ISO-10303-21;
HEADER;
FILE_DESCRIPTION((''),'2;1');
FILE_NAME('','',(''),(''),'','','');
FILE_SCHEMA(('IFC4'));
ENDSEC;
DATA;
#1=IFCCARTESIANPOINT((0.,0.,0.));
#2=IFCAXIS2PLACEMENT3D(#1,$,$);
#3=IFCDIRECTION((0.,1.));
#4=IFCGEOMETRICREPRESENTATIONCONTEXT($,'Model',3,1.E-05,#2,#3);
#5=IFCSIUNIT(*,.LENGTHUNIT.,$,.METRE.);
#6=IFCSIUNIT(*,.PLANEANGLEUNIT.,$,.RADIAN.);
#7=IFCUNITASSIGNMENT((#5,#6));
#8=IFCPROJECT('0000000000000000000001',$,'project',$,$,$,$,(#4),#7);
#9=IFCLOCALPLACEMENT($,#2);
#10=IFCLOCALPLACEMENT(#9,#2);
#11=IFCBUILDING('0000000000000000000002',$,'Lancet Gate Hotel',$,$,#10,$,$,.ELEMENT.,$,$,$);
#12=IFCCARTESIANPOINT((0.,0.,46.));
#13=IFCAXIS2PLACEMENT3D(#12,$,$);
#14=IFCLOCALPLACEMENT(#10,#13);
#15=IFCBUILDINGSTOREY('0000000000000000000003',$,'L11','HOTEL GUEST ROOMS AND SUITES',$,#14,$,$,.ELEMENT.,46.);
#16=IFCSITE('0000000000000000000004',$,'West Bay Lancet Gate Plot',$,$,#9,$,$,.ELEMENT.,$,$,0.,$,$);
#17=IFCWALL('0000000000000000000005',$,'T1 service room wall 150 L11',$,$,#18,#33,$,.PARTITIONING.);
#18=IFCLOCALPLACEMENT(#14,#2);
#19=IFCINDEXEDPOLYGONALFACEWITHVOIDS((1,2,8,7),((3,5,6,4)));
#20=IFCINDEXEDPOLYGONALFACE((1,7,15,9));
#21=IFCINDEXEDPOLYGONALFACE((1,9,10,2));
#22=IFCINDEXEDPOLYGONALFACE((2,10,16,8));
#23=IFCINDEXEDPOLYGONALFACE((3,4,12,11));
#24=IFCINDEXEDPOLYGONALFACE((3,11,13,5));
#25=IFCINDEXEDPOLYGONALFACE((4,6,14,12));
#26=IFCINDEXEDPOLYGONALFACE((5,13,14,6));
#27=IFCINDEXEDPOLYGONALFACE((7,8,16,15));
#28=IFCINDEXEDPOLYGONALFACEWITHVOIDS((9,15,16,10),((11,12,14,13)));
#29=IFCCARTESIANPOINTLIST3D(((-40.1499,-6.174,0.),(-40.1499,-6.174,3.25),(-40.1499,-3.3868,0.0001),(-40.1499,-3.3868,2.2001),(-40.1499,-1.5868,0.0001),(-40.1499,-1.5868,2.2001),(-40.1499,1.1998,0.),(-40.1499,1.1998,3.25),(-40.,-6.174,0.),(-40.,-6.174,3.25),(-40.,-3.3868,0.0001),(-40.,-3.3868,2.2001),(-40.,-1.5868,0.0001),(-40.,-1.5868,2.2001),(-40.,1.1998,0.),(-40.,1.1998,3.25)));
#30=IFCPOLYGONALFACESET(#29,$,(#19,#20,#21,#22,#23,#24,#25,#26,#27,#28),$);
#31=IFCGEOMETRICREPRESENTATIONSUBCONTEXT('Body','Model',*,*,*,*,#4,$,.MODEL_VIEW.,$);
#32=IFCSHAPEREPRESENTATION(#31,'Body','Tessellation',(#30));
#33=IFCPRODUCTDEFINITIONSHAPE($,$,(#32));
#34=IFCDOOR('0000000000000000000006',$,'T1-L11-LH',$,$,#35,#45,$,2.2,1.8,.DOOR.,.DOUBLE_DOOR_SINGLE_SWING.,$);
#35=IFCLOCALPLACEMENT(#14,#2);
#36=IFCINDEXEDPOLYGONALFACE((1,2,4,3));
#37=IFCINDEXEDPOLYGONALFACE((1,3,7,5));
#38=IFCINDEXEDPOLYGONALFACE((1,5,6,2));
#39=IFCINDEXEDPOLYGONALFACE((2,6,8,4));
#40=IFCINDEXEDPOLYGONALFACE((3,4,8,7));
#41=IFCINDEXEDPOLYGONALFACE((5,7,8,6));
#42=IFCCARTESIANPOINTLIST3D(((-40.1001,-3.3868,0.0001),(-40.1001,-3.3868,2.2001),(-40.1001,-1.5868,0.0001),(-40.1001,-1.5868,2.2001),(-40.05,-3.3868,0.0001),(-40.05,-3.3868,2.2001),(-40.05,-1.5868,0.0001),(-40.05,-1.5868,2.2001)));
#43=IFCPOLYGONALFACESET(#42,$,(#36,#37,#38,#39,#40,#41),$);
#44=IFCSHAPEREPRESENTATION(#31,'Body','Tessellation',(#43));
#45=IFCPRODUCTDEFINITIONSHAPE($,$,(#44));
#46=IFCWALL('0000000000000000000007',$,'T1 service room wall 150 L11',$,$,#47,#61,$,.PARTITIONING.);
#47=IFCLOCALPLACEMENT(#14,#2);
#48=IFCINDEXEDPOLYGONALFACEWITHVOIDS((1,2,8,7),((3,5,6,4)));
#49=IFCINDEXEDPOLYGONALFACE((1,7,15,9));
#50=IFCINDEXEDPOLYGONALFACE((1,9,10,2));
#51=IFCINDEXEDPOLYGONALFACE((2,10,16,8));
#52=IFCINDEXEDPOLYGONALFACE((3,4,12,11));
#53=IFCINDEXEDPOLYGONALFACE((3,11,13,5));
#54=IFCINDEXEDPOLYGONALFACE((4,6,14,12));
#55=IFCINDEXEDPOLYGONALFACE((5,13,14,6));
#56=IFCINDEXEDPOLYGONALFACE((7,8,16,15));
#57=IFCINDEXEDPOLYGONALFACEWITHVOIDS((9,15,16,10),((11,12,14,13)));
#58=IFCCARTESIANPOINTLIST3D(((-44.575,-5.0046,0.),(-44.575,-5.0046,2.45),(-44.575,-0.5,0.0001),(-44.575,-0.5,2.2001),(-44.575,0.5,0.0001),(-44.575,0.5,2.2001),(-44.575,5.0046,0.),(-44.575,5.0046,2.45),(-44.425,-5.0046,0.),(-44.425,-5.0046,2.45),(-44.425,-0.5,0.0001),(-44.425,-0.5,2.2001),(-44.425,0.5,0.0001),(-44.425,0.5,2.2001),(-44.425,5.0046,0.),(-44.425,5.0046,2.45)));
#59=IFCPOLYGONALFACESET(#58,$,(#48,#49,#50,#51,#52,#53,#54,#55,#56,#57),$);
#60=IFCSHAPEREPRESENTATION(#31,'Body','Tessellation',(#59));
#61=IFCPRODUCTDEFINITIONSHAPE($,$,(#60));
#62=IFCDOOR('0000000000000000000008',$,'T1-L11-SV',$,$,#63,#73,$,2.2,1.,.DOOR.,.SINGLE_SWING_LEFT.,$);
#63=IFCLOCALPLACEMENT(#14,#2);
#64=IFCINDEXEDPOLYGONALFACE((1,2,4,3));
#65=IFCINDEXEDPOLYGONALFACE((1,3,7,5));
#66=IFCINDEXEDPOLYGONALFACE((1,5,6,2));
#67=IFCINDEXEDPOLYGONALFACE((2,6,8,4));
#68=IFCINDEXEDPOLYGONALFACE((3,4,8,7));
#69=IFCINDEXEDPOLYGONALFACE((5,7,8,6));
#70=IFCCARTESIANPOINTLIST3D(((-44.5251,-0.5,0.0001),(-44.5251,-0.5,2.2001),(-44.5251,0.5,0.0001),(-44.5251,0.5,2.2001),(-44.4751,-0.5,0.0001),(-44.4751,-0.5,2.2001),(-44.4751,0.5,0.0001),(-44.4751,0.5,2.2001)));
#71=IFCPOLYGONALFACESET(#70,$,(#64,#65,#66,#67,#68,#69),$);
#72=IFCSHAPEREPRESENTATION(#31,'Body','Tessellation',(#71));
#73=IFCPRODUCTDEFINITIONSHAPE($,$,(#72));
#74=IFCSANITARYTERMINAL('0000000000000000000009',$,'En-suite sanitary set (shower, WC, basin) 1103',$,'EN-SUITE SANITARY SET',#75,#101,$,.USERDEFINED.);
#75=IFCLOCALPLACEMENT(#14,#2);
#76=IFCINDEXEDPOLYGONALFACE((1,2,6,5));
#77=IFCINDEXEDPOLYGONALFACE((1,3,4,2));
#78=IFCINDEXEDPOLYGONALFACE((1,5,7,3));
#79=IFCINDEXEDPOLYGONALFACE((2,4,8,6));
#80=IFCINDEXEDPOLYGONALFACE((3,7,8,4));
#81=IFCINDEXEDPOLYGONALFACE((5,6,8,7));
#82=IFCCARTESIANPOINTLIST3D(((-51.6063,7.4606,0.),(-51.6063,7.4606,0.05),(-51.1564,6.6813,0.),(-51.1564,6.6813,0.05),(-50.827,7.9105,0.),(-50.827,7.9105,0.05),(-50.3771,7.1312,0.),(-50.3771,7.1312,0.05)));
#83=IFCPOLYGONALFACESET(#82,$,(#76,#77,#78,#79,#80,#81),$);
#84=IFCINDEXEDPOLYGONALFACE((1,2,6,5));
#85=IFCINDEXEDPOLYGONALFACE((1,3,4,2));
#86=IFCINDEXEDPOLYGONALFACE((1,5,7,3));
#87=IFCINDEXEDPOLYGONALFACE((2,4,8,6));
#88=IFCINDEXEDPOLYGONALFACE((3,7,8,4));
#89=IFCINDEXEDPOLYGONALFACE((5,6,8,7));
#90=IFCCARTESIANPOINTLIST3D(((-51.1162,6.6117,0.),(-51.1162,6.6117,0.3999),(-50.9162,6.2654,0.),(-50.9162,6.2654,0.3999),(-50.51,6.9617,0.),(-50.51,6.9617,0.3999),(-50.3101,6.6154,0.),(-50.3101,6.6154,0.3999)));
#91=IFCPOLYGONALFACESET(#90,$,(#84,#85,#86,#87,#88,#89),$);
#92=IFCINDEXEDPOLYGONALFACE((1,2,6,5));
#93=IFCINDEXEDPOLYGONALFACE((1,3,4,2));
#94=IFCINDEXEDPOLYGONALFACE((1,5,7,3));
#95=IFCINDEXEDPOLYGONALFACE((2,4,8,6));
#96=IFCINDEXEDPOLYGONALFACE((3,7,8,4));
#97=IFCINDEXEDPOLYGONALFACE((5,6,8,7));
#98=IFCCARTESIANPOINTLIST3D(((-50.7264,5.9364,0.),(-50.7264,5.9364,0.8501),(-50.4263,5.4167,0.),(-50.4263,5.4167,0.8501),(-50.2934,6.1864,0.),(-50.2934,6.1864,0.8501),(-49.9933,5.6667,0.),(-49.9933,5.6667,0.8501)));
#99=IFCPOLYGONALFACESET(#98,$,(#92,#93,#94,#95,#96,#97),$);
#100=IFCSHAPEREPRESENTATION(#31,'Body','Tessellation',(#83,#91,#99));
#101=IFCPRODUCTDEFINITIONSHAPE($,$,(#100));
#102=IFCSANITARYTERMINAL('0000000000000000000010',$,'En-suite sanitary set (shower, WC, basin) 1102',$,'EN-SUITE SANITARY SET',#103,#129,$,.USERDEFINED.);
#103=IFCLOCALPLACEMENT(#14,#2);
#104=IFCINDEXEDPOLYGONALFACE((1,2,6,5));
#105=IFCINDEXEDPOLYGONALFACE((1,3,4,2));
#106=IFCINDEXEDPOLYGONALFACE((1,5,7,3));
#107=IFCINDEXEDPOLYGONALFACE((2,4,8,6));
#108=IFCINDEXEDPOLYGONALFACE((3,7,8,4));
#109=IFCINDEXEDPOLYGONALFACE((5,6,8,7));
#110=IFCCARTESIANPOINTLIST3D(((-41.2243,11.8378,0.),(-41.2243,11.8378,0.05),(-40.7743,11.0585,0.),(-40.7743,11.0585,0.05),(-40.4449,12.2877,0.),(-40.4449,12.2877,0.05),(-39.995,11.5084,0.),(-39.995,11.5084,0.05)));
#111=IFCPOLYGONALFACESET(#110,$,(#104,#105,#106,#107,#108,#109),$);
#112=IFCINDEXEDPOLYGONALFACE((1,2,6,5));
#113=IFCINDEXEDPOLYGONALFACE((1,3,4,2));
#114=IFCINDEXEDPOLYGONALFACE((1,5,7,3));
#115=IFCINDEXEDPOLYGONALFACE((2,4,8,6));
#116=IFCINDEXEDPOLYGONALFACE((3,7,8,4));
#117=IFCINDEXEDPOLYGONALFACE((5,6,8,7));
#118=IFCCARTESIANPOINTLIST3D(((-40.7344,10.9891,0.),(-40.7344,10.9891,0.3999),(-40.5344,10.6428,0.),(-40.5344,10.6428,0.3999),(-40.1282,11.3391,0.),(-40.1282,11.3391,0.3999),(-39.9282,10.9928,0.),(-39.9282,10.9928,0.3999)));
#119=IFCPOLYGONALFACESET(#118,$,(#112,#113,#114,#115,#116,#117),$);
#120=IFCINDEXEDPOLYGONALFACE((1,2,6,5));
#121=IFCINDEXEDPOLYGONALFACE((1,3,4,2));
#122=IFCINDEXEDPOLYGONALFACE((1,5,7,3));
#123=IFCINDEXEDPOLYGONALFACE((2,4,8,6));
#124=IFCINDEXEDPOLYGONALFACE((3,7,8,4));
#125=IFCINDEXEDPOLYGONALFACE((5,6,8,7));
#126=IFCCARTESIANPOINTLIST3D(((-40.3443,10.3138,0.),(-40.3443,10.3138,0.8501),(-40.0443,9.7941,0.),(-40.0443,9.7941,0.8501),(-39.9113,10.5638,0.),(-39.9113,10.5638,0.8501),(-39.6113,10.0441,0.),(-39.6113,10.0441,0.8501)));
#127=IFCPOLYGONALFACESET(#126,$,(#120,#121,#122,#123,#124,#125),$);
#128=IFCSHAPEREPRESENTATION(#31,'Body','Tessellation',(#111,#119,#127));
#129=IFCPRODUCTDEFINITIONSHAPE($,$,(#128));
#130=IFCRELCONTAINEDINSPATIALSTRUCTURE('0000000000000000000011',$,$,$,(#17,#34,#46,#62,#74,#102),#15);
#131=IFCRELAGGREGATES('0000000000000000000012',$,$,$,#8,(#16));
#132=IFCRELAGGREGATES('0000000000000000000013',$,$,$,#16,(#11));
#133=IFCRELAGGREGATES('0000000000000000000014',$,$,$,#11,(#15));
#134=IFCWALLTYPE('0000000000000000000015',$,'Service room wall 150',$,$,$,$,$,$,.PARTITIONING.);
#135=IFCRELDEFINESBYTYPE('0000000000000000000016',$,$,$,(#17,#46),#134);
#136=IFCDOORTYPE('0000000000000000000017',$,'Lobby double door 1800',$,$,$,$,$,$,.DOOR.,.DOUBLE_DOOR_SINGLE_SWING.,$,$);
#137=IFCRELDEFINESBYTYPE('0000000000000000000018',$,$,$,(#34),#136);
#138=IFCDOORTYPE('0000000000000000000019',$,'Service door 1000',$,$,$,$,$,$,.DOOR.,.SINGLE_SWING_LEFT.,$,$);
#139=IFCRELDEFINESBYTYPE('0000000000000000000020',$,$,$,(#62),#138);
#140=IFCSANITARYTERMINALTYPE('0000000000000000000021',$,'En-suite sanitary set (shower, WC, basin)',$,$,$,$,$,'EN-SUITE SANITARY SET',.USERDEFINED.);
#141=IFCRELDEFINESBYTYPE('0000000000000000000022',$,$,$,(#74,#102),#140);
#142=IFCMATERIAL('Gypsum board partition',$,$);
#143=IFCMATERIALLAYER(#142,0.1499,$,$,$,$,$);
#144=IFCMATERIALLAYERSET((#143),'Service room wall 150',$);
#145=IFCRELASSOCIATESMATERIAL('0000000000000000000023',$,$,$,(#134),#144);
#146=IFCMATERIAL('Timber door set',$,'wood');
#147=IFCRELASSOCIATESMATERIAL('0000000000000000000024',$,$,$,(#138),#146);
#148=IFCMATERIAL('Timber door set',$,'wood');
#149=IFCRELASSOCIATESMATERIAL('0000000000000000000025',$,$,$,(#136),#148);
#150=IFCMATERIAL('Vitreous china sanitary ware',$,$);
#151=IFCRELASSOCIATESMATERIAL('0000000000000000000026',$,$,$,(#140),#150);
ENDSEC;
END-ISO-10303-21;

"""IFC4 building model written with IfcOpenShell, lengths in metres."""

from ifc_helpers import new_model, si_unit, direction, frame, frame_2d, origin, origin_2d, place, context, subcontext, project, spatial, rectangle, extrude, material, layer, layer_set, type_object, element, fill, save


model = new_model("IFC4")

# Units and contexts
model_context = context("Model", 3, precision=1e-05, world=origin(), true_north=direction((0.0, 1.0)))
body_context = subcontext(model_context, "Body", "Model", "MODEL_VIEW")
ifc_project = project(units=[si_unit("LENGTHUNIT", "METRE"), si_unit("PLANEANGLEUNIT", "RADIAN")], contexts=[model_context])

# Site, building, storey
site_placement = place(None, origin())
site = spatial("IfcSite", under=ifc_project, at=site_placement, Name="West Bay Lancet Gate Plot", CompositionType="ELEMENT", RefElevation=0.0)
building_placement = place(site_placement, origin())
building = spatial("IfcBuilding", under=site, at=building_placement, Name="Lancet Gate Hotel", CompositionType="ELEMENT")
storey_placement = place(building_placement, frame((0.0, 0.0, 46.0)))
storey = spatial("IfcBuildingStorey", under=building, at=storey_placement, Name="L11", Description="HOTEL GUEST ROOMS AND SUITES", CompositionType="ELEMENT", Elevation=46.0)

# Walls, openings, doors
ifc_material_1 = material(Name="Gypsum board partition")
ifc_layer_1 = layer(ifc_material_1, 0.1499)
ifc_layer_set_1 = layer_set([ifc_layer_1], Name="Service room wall 150")
wall_type_1 = type_object("IfcWallType", Name="Service room wall 150", PredefinedType="PARTITIONING", material=ifc_layer_set_1)
ifc_material_2 = material(Name="Timber door set", Category="wood")
door_type_1 = type_object("IfcDoorType", Name="Service door 1000", OperationType="SINGLE_SWING_LEFT", PredefinedType="DOOR", material=ifc_material_2)
wall_1_placement = place(storey_placement, frame((-40.075, 1.2, 0.0), z_axis=(0.0, 0.0, 1.0), x_axis=(0.0, -1.0, 0.0)))
wall_1 = element("IfcWall", 1, at=wall_1_placement, inside=storey, type_object=wall_type_1, Name="T1 service room wall 150 L11", PredefinedType="PARTITIONING", context=body_context, shape_type="SweptSolid", body=[
    extrude(rectangle(XDim=7.3738, YDim=0.1499, at=frame_2d((3.687, 0.0))), origin(), (0.0, 0.0, 1.0), 3.25),
])
opening_1_placement = place(wall_1_placement, frame((2.7869, 0.0, 0.0)))
opening_1 = element("IfcOpeningElement", 2, at=opening_1_placement, cuts=wall_1, PredefinedType="OPENING", context=body_context, shape_type="SweptSolid", body=[
    extrude(rectangle(XDim=1.8, YDim=2.2, at=frame_2d((0.8999, 1.1001))), frame((0.0, 0.085, 0.0), z_axis=(0.0, -1.0, 0.0), x_axis=(1.0, 0.0, 0.0)), (0.0, 0.0, 1.0), 0.1699),
])
ifc_material_3 = material(Name="Timber door set", Category="wood")
door_type_2 = type_object("IfcDoorType", Name="Lobby double door 1800", OperationType="DOUBLE_DOOR_SINGLE_SWING", PredefinedType="DOOR", material=ifc_material_3)
door_1_placement = place(opening_1_placement, origin())
door_1 = element("IfcDoor", 3, at=door_1_placement, inside=storey, type_object=door_type_2, Name="T1-L11-LH", OperationType="DOUBLE_DOOR_SINGLE_SWING", OverallHeight=2.2, OverallWidth=1.8, PredefinedType="DOOR", context=body_context, shape_type="SweptSolid", body=[
    extrude(rectangle(XDim=1.8, YDim=2.2, at=frame_2d((0.8999, 1.1001))), frame((0.0, 0.0249, 0.0), z_axis=(0.0, -1.0, 0.0), x_axis=(1.0, 0.0, 0.0)), (0.0, 0.0, 1.0), 0.05),
])
fill(opening_1, door_1)
wall_2_placement = place(storey_placement, frame((-44.5, 5.0046, 0.0), z_axis=(0.0, 0.0, 1.0), x_axis=(0.0, -1.0, 0.0)))
wall_2 = element("IfcWall", 4, at=wall_2_placement, inside=storey, type_object=wall_type_1, Name="T1 service room wall 150 L11", PredefinedType="PARTITIONING", context=body_context, shape_type="SweptSolid", body=[
    extrude(rectangle(XDim=10.0093, YDim=0.1499, at=frame_2d((5.0046, 0.0))), origin(), (0.0, 0.0, 1.0), 2.45),
])
opening_2_placement = place(wall_2_placement, frame((4.5046, 0.0, 0.0)))
opening_2 = element("IfcOpeningElement", 5, at=opening_2_placement, cuts=wall_2, PredefinedType="OPENING", context=body_context, shape_type="SweptSolid", body=[
    extrude(rectangle(XDim=1.0, YDim=2.2, at=frame_2d((0.5, 1.1001))), frame((0.0, 0.085, 0.0), z_axis=(0.0, -1.0, 0.0), x_axis=(1.0, 0.0, 0.0)), (0.0, 0.0, 1.0), 0.1699),
])
door_2_placement = place(opening_2_placement, origin())
door_2 = element("IfcDoor", 6, at=door_2_placement, inside=storey, type_object=door_type_1, Name="T1-L11-SV", OperationType="SINGLE_SWING_LEFT", OverallHeight=2.2, OverallWidth=1.0, PredefinedType="DOOR", context=body_context, shape_type="SweptSolid", body=[
    extrude(rectangle(XDim=1.0, YDim=2.2, at=frame_2d((0.5, 1.1001))), frame((0.0, 0.0249, 0.0), z_axis=(0.0, -1.0, 0.0), x_axis=(1.0, 0.0, 0.0)), (0.0, 0.0, 1.0), 0.05),
])
fill(opening_2, door_2)

# Sanitary terminals
ifc_material_4 = material(Name="Vitreous china sanitary ware")
sanitary_terminal_type = type_object("IfcSanitaryTerminalType", Name="En-suite sanitary set (shower, WC, basin)", ElementType="EN-SUITE SANITARY SET", PredefinedType="USERDEFINED", material=ifc_material_4)
sanitary_terminal_1_placement = place(storey_placement, frame((-50.9917, 7.2959, 0.0), z_axis=(0.0, 0.0, 1.0), x_axis=(1.0, 0.0, 0.0)))
element("IfcSanitaryTerminal", 7, at=sanitary_terminal_1_placement, inside=storey, type_object=sanitary_terminal_type, Name="En-suite sanitary set (shower, WC, basin) 1103", ObjectType="EN-SUITE SANITARY SET", PredefinedType="USERDEFINED", context=body_context, shape_type="SweptSolid", body=[
    extrude(rectangle(XDim=0.8999, YDim=0.8999, at=origin_2d()), frame((0.0, 0.0, 0.0), z_axis=(0.0, 0.0, 1.0), x_axis=(-0.5, 0.866025, 0.0)), (0.0, 0.0, 1.0), 0.05),
    extrude(rectangle(XDim=0.3999, YDim=0.7, at=origin_2d()), frame((0.2786, -0.6824, 0.0), z_axis=(0.0, 0.0, 1.0), x_axis=(-0.5, 0.866025, 0.0)), (0.0, 0.0, 1.0), 0.3999),
    extrude(rectangle(XDim=0.6001, YDim=0.5, at=origin_2d()), frame((0.6318, -1.4944, 0.0), z_axis=(0.0, 0.0, 1.0), x_axis=(-0.5, 0.866025, 0.0)), (0.0, 0.0, 1.0), 0.8501),
])
sanitary_terminal_2_placement = place(storey_placement, frame((-40.6096, 11.6731, 0.0), z_axis=(0.0, 0.0, 1.0), x_axis=(1.0, 0.0, 0.0)))
element("IfcSanitaryTerminal", 8, at=sanitary_terminal_2_placement, inside=storey, type_object=sanitary_terminal_type, Name="En-suite sanitary set (shower, WC, basin) 1102", ObjectType="EN-SUITE SANITARY SET", PredefinedType="USERDEFINED", context=body_context, shape_type="SweptSolid", body=[
    extrude(rectangle(XDim=0.8999, YDim=0.8999, at=origin_2d()), frame((0.0, 0.0, 0.0), z_axis=(0.0, 0.0, 1.0), x_axis=(-0.5, 0.866025, 0.0)), (0.0, 0.0, 1.0), 0.05),
    extrude(rectangle(XDim=0.3999, YDim=0.7, at=origin_2d()), frame((0.2783, -0.6821, 0.0), z_axis=(0.0, 0.0, 1.0), x_axis=(-0.5, 0.866025, 0.0)), (0.0, 0.0, 1.0), 0.3999),
    extrude(rectangle(XDim=0.6001, YDim=0.5, at=origin_2d()), frame((0.6318, -1.4941, 0.0), z_axis=(0.0, 0.0, 1.0), x_axis=(-0.5, 0.866025, 0.0)), (0.0, 0.0, 1.0), 0.8501),
])

save(model, "model.ifc")
